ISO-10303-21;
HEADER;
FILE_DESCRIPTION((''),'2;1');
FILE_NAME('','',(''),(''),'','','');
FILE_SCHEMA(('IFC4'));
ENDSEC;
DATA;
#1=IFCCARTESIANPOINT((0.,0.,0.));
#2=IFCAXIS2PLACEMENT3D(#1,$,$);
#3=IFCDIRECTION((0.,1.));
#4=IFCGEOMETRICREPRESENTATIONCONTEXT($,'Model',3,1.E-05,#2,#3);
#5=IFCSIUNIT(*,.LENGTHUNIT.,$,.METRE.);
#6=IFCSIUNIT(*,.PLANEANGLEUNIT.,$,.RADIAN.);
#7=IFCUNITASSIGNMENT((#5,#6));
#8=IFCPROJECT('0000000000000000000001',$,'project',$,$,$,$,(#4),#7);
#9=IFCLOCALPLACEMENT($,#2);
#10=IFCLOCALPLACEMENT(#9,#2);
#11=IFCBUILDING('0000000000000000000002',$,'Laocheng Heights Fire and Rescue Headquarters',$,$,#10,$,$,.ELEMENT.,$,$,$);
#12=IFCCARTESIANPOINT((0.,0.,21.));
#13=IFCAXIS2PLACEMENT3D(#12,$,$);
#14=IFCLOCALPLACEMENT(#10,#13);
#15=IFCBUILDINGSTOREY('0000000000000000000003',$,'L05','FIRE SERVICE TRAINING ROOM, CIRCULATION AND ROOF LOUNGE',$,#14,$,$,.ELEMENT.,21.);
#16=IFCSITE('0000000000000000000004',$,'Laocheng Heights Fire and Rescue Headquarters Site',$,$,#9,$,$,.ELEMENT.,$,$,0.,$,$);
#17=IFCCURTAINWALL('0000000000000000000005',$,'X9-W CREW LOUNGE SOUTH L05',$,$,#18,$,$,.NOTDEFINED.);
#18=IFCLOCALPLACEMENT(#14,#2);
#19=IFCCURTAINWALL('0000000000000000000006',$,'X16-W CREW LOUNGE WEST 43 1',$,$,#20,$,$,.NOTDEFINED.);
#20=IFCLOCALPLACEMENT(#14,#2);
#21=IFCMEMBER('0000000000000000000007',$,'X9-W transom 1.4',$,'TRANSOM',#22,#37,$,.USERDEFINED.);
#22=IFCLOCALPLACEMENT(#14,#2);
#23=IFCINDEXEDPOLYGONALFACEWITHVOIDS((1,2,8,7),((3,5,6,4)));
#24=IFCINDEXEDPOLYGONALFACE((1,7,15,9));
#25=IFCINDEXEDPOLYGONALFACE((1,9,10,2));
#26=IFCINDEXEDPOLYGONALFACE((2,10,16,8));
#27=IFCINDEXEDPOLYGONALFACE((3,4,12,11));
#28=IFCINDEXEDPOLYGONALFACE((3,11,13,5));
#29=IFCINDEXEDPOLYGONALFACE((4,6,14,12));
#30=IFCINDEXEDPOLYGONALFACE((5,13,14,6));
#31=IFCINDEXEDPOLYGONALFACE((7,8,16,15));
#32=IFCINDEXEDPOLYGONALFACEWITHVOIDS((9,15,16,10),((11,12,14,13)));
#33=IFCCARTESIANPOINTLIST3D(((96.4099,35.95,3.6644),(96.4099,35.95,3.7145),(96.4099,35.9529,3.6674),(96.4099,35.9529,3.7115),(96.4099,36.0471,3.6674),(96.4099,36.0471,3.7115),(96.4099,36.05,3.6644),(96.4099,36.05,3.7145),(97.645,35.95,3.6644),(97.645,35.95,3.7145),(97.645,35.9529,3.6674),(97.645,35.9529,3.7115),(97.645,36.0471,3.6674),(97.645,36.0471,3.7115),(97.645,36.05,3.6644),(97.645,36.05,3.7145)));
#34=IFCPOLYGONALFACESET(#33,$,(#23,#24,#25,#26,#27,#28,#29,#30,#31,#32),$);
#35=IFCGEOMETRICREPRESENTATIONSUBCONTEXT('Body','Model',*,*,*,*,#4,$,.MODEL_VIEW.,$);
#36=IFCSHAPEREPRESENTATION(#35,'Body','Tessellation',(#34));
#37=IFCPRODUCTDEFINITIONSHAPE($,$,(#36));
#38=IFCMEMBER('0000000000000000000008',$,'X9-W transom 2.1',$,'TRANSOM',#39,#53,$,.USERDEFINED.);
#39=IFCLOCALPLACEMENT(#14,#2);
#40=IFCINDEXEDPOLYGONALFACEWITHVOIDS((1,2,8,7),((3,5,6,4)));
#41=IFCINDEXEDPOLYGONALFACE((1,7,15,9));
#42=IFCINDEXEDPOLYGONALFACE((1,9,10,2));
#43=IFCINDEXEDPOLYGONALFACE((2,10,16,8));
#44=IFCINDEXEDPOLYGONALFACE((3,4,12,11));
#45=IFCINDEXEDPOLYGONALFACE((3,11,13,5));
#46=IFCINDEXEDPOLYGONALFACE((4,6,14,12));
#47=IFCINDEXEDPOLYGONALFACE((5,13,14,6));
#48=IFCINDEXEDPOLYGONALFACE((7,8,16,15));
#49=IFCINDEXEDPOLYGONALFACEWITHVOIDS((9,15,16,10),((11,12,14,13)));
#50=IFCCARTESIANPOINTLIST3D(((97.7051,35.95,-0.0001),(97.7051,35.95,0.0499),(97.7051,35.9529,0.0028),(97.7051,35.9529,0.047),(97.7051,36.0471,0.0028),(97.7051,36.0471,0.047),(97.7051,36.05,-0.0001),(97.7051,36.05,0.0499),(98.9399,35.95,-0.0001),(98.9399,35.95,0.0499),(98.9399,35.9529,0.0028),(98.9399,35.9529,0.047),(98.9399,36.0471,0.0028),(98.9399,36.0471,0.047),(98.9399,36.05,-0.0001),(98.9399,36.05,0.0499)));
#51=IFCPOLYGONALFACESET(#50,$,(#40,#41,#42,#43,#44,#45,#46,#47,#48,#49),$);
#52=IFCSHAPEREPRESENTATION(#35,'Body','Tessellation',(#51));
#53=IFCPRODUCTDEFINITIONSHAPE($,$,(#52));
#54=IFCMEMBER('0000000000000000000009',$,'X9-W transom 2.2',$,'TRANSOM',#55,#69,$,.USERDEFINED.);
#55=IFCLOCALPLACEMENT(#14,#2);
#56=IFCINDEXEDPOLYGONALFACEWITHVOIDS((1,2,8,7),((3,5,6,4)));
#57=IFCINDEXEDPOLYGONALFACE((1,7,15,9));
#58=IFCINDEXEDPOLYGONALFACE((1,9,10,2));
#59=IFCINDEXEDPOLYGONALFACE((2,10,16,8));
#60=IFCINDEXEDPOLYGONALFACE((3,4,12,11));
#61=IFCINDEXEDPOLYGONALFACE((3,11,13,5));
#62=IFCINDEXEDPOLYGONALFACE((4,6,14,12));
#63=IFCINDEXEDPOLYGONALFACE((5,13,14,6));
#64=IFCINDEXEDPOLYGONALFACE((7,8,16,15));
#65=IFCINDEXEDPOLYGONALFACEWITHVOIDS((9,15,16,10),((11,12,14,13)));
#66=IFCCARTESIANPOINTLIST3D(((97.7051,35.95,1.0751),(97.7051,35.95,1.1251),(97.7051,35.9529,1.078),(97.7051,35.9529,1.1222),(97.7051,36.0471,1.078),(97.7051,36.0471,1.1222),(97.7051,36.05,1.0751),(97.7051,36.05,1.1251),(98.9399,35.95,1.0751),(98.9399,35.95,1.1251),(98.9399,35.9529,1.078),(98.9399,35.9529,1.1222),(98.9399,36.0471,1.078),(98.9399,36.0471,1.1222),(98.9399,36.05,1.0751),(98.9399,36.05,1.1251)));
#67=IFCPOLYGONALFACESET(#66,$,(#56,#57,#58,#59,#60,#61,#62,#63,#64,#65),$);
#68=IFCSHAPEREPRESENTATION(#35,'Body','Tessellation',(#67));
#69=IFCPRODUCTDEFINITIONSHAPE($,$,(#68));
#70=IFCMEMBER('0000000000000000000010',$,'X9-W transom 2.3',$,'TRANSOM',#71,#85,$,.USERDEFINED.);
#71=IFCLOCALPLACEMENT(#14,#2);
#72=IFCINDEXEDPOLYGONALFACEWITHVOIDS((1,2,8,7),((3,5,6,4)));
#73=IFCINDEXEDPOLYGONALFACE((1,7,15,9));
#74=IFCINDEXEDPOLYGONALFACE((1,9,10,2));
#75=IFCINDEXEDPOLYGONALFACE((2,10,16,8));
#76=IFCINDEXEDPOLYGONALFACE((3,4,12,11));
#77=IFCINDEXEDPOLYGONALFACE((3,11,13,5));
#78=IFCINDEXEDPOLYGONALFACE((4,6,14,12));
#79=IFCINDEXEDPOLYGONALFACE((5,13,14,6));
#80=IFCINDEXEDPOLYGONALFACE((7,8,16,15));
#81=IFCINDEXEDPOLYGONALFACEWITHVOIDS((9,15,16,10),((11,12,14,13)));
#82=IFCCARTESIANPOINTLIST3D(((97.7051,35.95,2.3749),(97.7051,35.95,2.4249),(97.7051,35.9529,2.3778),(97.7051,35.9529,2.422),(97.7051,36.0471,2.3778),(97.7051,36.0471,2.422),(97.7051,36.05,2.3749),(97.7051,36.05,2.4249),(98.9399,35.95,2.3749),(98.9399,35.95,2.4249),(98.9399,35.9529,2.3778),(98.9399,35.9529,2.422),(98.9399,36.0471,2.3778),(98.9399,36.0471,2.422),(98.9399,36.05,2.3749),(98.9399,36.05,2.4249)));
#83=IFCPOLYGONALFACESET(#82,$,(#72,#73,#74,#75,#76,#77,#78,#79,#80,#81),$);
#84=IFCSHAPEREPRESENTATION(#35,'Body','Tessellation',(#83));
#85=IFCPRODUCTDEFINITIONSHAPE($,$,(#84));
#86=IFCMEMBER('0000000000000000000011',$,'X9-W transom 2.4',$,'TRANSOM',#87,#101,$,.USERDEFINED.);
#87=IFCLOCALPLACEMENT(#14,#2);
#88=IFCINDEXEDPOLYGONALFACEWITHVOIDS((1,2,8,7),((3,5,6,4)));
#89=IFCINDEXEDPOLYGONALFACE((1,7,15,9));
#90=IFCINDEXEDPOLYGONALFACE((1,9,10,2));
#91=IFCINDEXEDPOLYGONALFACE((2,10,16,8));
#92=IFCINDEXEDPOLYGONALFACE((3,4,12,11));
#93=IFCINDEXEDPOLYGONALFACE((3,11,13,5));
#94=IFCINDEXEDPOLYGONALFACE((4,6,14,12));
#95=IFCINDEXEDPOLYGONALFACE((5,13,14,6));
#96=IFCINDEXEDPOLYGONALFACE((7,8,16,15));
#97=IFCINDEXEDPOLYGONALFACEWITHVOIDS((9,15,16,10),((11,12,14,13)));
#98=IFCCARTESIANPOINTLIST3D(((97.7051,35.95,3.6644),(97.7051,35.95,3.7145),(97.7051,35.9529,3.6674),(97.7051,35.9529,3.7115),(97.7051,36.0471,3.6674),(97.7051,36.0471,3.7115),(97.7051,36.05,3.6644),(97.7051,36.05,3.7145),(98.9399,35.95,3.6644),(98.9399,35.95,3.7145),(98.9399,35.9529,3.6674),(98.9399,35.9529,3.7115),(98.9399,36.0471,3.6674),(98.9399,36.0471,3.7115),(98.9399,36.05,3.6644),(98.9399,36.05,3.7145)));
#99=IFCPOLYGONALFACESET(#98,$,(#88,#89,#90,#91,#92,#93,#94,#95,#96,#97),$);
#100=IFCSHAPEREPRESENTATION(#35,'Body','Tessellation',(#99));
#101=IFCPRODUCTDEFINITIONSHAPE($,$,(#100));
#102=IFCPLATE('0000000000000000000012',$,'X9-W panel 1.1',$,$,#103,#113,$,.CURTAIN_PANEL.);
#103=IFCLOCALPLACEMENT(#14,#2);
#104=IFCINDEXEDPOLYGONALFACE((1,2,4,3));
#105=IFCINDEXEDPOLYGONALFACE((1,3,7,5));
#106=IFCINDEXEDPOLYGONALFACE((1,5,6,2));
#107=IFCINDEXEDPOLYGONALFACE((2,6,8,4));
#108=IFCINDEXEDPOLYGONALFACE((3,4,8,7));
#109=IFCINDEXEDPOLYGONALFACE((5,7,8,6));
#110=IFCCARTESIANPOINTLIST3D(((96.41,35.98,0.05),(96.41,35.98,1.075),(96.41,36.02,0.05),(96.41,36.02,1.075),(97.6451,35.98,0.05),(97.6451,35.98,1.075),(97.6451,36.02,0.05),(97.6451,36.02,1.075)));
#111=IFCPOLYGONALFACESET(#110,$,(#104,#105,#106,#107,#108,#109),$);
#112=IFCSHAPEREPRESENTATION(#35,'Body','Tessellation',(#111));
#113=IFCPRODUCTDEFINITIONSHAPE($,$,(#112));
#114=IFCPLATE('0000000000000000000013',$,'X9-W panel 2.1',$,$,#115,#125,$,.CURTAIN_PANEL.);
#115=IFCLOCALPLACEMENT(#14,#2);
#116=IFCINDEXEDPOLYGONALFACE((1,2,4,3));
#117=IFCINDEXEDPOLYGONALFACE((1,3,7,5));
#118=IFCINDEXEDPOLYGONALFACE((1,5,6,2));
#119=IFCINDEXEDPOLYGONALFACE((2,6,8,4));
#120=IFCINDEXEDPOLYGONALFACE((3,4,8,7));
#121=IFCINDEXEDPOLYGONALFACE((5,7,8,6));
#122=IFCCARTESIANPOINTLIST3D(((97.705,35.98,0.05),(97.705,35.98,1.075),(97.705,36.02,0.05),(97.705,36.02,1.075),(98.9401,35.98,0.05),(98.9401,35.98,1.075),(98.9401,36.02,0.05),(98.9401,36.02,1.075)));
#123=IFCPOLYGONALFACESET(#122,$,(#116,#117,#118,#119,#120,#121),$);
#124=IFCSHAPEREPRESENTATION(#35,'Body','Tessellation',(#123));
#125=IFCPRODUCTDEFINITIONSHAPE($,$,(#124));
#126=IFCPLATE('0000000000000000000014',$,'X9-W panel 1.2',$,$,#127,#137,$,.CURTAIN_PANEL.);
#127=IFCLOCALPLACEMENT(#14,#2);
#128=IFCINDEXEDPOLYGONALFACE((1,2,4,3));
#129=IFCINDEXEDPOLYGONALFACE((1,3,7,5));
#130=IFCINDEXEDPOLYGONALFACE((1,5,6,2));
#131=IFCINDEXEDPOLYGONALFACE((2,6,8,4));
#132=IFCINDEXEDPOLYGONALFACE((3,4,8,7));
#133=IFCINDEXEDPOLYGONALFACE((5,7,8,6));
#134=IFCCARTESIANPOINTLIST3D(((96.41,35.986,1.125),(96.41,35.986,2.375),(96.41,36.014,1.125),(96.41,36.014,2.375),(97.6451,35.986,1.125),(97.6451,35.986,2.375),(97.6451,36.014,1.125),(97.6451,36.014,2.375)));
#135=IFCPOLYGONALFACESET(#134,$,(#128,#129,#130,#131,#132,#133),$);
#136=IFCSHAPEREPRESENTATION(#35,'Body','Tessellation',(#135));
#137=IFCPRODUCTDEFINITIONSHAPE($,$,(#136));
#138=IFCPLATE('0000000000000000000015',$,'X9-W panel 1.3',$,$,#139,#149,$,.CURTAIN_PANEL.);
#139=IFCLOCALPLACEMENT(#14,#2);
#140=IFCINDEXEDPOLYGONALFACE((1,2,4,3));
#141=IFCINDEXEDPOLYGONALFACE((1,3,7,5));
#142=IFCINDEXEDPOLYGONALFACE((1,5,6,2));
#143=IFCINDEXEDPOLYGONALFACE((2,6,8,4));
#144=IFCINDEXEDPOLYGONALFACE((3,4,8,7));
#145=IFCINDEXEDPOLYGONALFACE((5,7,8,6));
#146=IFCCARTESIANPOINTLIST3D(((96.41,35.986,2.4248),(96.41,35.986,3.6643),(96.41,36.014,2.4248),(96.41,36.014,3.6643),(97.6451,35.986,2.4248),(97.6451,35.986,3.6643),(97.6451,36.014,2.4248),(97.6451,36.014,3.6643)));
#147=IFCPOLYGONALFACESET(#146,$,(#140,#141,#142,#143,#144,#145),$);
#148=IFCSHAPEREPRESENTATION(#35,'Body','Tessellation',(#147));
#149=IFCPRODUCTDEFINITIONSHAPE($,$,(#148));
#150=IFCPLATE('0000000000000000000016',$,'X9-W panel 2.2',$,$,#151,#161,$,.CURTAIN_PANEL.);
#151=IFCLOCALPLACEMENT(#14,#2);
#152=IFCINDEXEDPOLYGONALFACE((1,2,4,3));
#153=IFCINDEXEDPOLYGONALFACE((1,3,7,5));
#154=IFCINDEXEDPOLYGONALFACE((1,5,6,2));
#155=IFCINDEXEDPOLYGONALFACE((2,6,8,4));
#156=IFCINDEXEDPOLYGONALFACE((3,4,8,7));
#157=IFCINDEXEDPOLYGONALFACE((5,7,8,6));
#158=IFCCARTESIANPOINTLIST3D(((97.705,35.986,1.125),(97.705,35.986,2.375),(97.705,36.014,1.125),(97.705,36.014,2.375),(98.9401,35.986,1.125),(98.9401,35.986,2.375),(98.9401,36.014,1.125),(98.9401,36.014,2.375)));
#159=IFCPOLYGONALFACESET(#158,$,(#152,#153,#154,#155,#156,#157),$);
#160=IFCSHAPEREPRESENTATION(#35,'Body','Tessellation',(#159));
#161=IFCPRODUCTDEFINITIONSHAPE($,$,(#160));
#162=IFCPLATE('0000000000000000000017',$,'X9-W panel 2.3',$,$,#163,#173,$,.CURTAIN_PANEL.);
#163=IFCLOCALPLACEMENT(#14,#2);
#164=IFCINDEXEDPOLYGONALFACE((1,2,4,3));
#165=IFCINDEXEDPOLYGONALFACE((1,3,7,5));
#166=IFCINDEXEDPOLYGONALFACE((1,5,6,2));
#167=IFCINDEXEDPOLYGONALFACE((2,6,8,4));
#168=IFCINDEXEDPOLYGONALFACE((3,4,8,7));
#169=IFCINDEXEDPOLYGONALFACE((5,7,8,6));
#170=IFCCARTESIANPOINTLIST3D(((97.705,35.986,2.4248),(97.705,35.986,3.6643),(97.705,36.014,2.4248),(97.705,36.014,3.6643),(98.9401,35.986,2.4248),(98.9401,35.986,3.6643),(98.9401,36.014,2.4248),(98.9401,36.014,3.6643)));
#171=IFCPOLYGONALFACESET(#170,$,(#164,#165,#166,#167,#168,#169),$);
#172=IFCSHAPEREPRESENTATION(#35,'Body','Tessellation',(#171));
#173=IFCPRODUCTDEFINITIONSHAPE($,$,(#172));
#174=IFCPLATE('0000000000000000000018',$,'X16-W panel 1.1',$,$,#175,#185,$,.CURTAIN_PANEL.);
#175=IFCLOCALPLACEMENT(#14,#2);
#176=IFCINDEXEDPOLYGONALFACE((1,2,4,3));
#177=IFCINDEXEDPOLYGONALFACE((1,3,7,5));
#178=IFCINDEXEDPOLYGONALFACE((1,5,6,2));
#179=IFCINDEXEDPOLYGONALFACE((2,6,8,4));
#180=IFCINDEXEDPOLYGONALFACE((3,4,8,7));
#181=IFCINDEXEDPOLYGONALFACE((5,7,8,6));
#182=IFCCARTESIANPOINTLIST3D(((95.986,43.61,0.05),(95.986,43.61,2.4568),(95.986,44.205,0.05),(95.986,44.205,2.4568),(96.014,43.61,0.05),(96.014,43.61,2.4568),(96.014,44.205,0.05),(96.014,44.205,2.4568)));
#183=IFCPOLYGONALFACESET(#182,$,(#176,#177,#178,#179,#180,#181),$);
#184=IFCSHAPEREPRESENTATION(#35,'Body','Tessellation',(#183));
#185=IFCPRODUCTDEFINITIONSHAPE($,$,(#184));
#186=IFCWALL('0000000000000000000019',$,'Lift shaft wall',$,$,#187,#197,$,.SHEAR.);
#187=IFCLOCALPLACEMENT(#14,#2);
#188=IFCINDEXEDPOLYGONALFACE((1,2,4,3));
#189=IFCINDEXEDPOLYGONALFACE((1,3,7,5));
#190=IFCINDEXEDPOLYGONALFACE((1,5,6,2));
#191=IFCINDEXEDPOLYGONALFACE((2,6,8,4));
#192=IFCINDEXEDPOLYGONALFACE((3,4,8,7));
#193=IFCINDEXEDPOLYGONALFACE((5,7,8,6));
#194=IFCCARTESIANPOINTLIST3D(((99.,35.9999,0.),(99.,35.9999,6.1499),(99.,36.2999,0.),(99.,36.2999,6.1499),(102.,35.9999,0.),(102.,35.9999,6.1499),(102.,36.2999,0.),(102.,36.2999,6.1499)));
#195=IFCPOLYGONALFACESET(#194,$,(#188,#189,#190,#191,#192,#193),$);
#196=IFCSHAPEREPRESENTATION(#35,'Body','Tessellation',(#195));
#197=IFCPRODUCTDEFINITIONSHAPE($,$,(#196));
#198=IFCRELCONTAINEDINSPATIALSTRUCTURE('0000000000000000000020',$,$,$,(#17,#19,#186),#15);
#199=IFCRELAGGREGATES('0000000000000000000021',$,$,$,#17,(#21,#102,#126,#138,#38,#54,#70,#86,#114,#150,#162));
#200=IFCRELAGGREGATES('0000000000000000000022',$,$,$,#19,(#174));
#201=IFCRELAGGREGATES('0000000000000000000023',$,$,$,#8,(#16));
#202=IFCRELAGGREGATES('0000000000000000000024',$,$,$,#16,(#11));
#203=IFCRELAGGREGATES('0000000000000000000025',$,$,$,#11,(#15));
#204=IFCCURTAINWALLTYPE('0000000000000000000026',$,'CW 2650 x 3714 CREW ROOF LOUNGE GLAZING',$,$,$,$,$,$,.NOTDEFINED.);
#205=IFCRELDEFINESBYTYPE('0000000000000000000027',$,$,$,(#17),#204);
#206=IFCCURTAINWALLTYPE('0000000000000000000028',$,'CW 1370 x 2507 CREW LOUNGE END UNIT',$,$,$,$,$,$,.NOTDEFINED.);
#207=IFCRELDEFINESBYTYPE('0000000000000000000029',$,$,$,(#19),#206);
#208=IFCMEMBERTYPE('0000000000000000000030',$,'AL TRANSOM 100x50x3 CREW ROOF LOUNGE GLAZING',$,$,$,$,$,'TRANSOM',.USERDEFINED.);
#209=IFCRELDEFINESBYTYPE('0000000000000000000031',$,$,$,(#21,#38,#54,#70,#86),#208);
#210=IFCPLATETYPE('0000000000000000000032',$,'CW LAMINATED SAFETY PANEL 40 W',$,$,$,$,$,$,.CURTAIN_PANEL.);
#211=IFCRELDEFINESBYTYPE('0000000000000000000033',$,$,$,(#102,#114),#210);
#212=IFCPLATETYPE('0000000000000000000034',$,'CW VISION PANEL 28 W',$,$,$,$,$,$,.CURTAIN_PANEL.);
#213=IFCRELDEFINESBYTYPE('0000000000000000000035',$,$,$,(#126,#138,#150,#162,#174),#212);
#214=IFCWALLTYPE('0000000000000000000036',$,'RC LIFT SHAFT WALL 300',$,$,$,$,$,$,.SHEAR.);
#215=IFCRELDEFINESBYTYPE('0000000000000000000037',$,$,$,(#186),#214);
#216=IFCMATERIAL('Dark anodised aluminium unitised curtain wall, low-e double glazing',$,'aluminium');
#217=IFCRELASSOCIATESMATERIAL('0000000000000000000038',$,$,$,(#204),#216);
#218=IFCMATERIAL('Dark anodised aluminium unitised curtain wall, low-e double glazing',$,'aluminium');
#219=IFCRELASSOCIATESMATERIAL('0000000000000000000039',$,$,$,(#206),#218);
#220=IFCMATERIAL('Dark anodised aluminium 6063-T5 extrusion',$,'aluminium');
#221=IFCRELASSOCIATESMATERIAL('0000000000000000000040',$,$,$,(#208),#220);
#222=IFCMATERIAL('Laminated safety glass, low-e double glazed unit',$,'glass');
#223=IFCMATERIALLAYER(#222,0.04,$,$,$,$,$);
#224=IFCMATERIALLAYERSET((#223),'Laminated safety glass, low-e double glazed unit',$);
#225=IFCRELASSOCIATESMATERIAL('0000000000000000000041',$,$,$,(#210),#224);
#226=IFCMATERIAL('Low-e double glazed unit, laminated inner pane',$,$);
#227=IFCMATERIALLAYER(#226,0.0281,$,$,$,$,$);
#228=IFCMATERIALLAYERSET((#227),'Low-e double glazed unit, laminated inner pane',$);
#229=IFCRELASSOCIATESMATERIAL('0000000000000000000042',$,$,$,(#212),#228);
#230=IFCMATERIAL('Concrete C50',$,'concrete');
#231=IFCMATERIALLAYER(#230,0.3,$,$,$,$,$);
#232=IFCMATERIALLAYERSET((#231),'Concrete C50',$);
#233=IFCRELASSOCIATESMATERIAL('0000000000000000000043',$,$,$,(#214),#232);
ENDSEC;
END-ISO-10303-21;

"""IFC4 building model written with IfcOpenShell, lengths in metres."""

from ifc_helpers import new_model, si_unit, direction, frame, frame_2d, origin, origin_2d, place, context, subcontext, project, spatial, rectangle, hollow_rectangle, extrude, material, layer, layer_set, material_profile, profile_set, type_object, element, aggregate, save


model = new_model("IFC4")

# Units and contexts
model_context = context("Model", 3, precision=1e-05, world=origin(), true_north=direction((0.0, 1.0)))
body_context = subcontext(model_context, "Body", "Model", "MODEL_VIEW")
ifc_project = project(units=[si_unit("LENGTHUNIT", "METRE"), si_unit("PLANEANGLEUNIT", "RADIAN")], contexts=[model_context])

# Site, building, storey
site_placement = place(None, origin())
site = spatial("IfcSite", under=ifc_project, at=site_placement, Name="Laocheng Heights Fire and Rescue Headquarters Site", CompositionType="ELEMENT", RefElevation=0.0)
building_placement = place(site_placement, origin())
building = spatial("IfcBuilding", under=site, at=building_placement, Name="Laocheng Heights Fire and Rescue Headquarters", CompositionType="ELEMENT")
storey_placement = place(building_placement, frame((0.0, 0.0, 21.0)))
storey = spatial("IfcBuildingStorey", under=building, at=storey_placement, Name="L05", Description="FIRE SERVICE TRAINING ROOM, CIRCULATION AND ROOF LOUNGE", CompositionType="ELEMENT", Elevation=21.0)

# Curtain walls
ifc_material_1 = material(Name="Dark anodised aluminium unitised curtain wall, low-e double glazing", Category="aluminium")
curtain_wall_type_1 = type_object("IfcCurtainWallType", Name="CW 2650 x 3714 CREW ROOF LOUNGE GLAZING", PredefinedType="NOTDEFINED", material=ifc_material_1)
curtain_wall_1_placement = place(storey_placement, origin())
curtain_wall_1 = element("IfcCurtainWall", 1, at=curtain_wall_1_placement, inside=storey, type_object=curtain_wall_type_1, Name="X9-W CREW LOUNGE SOUTH L05", PredefinedType="NOTDEFINED")
ifc_material_2 = material(Name="Dark anodised aluminium unitised curtain wall, low-e double glazing", Category="aluminium")
curtain_wall_type_2 = type_object("IfcCurtainWallType", Name="CW 1370 x 2507 CREW LOUNGE END UNIT", PredefinedType="NOTDEFINED", material=ifc_material_2)
curtain_wall_2_placement = place(storey_placement, origin())
curtain_wall_2 = element("IfcCurtainWall", 2, at=curtain_wall_2_placement, inside=storey, type_object=curtain_wall_type_2, Name="X16-W CREW LOUNGE WEST 43 1", PredefinedType="NOTDEFINED")

# Members
ifc_material_3 = material(Name="Dark anodised aluminium 6063-T5 extrusion", Category="aluminium")
ifc_material_profile_1 = material_profile(ifc_material_3, hollow_rectangle(XDim=0.1001, YDim=0.05, WallThickness=0.0029, at=origin_2d()), Name="AL TRANSOM 100x50x3 CREW ROOF LOUNGE GLAZING")
ifc_profile_set_1 = profile_set([ifc_material_profile_1], Name="Dark anodised aluminium 6063-T5 extrusion")
member_type_1 = type_object("IfcMemberType", Name="AL TRANSOM 100x50x3 CREW ROOF LOUNGE GLAZING", ElementType="TRANSOM", PredefinedType="USERDEFINED", material=ifc_profile_set_1)
member_1_placement = place(storey_placement, frame((96.4099, 36.0, 3.6895), z_axis=(1.0, 0.0, 0.0), x_axis=(0.0, 1.0, 0.0)))
member_1 = element("IfcMember", 3, at=member_1_placement, type_object=member_type_1, Name="X9-W transom 1.4", ObjectType="TRANSOM", PredefinedType="USERDEFINED", context=body_context, shape_type="SweptSolid", body=[
    extrude(hollow_rectangle(XDim=0.1001, YDim=0.05, WallThickness=0.0029, at=origin_2d()), origin(), (0.0, 0.0, 1.0), 1.2351),
])
member_2_placement = place(storey_placement, frame((97.7051, 36.0, 0.0249), z_axis=(1.0, 0.0, 0.0), x_axis=(0.0, 1.0, 0.0)))
member_2 = element("IfcMember", 4, at=member_2_placement, type_object=member_type_1, Name="X9-W transom 2.1", ObjectType="TRANSOM", PredefinedType="USERDEFINED", context=body_context, shape_type="SweptSolid", body=[
    extrude(hollow_rectangle(XDim=0.1001, YDim=0.05, WallThickness=0.0029, at=origin_2d()), origin(), (0.0, 0.0, 1.0), 1.2349),
])
member_3_placement = place(storey_placement, frame((97.7051, 36.0, 1.1001), z_axis=(1.0, 0.0, 0.0), x_axis=(0.0, 1.0, 0.0)))
member_3 = element("IfcMember", 5, at=member_3_placement, type_object=member_type_1, Name="X9-W transom 2.2", ObjectType="TRANSOM", PredefinedType="USERDEFINED", context=body_context, shape_type="SweptSolid", body=[
    extrude(hollow_rectangle(XDim=0.1001, YDim=0.05, WallThickness=0.0029, at=origin_2d()), origin(), (0.0, 0.0, 1.0), 1.2349),
])
member_4_placement = place(storey_placement, frame((97.7051, 36.0, 2.3999), z_axis=(1.0, 0.0, 0.0), x_axis=(0.0, 1.0, 0.0)))
member_4 = element("IfcMember", 6, at=member_4_placement, type_object=member_type_1, Name="X9-W transom 2.3", ObjectType="TRANSOM", PredefinedType="USERDEFINED", context=body_context, shape_type="SweptSolid", body=[
    extrude(hollow_rectangle(XDim=0.1001, YDim=0.05, WallThickness=0.0029, at=origin_2d()), origin(), (0.0, 0.0, 1.0), 1.2349),
])
member_5_placement = place(storey_placement, frame((97.7051, 36.0, 3.6895), z_axis=(1.0, 0.0, 0.0), x_axis=(0.0, 1.0, 0.0)))
member_5 = element("IfcMember", 7, at=member_5_placement, type_object=member_type_1, Name="X9-W transom 2.4", ObjectType="TRANSOM", PredefinedType="USERDEFINED", context=body_context, shape_type="SweptSolid", body=[
    extrude(hollow_rectangle(XDim=0.1001, YDim=0.05, WallThickness=0.0029, at=origin_2d()), origin(), (0.0, 0.0, 1.0), 1.2349),
])

# Plates
ifc_material_4 = material(Name="Laminated safety glass, low-e double glazed unit", Category="glass")
ifc_layer_1 = layer(ifc_material_4, 0.04)
ifc_layer_set_1 = layer_set([ifc_layer_1], Name="Laminated safety glass, low-e double glazed unit")
plate_type_1 = type_object("IfcPlateType", Name="CW LAMINATED SAFETY PANEL 40 W", PredefinedType="CURTAIN_PANEL", material=ifc_layer_set_1)
plate_1_placement = place(storey_placement, frame((97.0276, 36.0, 0.05), z_axis=(0.0, 0.0, 1.0), x_axis=(1.0, 0.0, 0.0)))
plate_1 = element("IfcPlate", 8, at=plate_1_placement, type_object=plate_type_1, Name="X9-W panel 1.1", PredefinedType="CURTAIN_PANEL", context=body_context, shape_type="SweptSolid", body=[
    extrude(rectangle(XDim=1.2351, YDim=0.04, at=origin_2d()), origin(), (0.0, 0.0, 1.0), 1.0249),
])
plate_2_placement = place(storey_placement, frame((98.3225, 36.0, 0.05), z_axis=(0.0, 0.0, 1.0), x_axis=(1.0, 0.0, 0.0)))
plate_2 = element("IfcPlate", 9, at=plate_2_placement, type_object=plate_type_1, Name="X9-W panel 2.1", PredefinedType="CURTAIN_PANEL", context=body_context, shape_type="SweptSolid", body=[
    extrude(rectangle(XDim=1.2351, YDim=0.04, at=origin_2d()), origin(), (0.0, 0.0, 1.0), 1.0249),
])
ifc_material_5 = material(Name="Low-e double glazed unit, laminated inner pane")
ifc_layer_2 = layer(ifc_material_5, 0.0281)
ifc_layer_set_2 = layer_set([ifc_layer_2], Name="Low-e double glazed unit, laminated inner pane")
plate_type_2 = type_object("IfcPlateType", Name="CW VISION PANEL 28 W", PredefinedType="CURTAIN_PANEL", material=ifc_layer_set_2)
plate_3_placement = place(storey_placement, frame((97.0276, 36.0, 1.125), z_axis=(0.0, 0.0, 1.0), x_axis=(1.0, 0.0, 0.0)))
plate_3 = element("IfcPlate", 10, at=plate_3_placement, type_object=plate_type_2, Name="X9-W panel 1.2", PredefinedType="CURTAIN_PANEL", context=body_context, shape_type="SweptSolid", body=[
    extrude(rectangle(XDim=1.2351, YDim=0.0281, at=origin_2d()), origin(), (0.0, 0.0, 1.0), 1.25),
])
plate_4_placement = place(storey_placement, frame((97.0276, 36.0, 2.4248), z_axis=(0.0, 0.0, 1.0), x_axis=(1.0, 0.0, 0.0)))
plate_4 = element("IfcPlate", 11, at=plate_4_placement, type_object=plate_type_2, Name="X9-W panel 1.3", PredefinedType="CURTAIN_PANEL", context=body_context, shape_type="SweptSolid", body=[
    extrude(rectangle(XDim=1.2351, YDim=0.0281, at=origin_2d()), origin(), (0.0, 0.0, 1.0), 1.2395),
])
plate_5_placement = place(storey_placement, frame((98.3225, 36.0, 1.125), z_axis=(0.0, 0.0, 1.0), x_axis=(1.0, 0.0, 0.0)))
plate_5 = element("IfcPlate", 12, at=plate_5_placement, type_object=plate_type_2, Name="X9-W panel 2.2", PredefinedType="CURTAIN_PANEL", context=body_context, shape_type="SweptSolid", body=[
    extrude(rectangle(XDim=1.2351, YDim=0.0281, at=origin_2d()), origin(), (0.0, 0.0, 1.0), 1.25),
])
plate_6_placement = place(storey_placement, frame((98.3225, 36.0, 2.4248), z_axis=(0.0, 0.0, 1.0), x_axis=(1.0, 0.0, 0.0)))
plate_6 = element("IfcPlate", 13, at=plate_6_placement, type_object=plate_type_2, Name="X9-W panel 2.3", PredefinedType="CURTAIN_PANEL", context=body_context, shape_type="SweptSolid", body=[
    extrude(rectangle(XDim=1.2351, YDim=0.0281, at=origin_2d()), origin(), (0.0, 0.0, 1.0), 1.2395),
])
aggregate(curtain_wall_1, [member_1, plate_1, plate_3, plate_4, member_2, member_3, member_4, member_5, plate_2, plate_5, plate_6])
plate_7_placement = place(storey_placement, frame((96.0, 43.9075, 0.05), z_axis=(0.0, 0.0, 1.0), x_axis=(0.0, 1.0, 0.0)))
plate_7 = element("IfcPlate", 14, at=plate_7_placement, type_object=plate_type_2, Name="X16-W panel 1.1", PredefinedType="CURTAIN_PANEL", context=body_context, shape_type="SweptSolid", body=[
    extrude(rectangle(XDim=0.595, YDim=0.0281, at=origin_2d()), origin(), (0.0, 0.0, 1.0), 2.4067),
])
aggregate(curtain_wall_2, [plate_7])

# Wall
ifc_material_6 = material(Name="Concrete C50", Category="concrete")
ifc_layer_3 = layer(ifc_material_6, 0.3)
ifc_layer_set_3 = layer_set([ifc_layer_3], Name="Concrete C50")
wall_type_1 = type_object("IfcWallType", Name="RC LIFT SHAFT WALL 300", PredefinedType="SHEAR", material=ifc_layer_set_3)
wall_1_placement = place(storey_placement, frame((99.0, 36.1499, 0.0), z_axis=(0.0, 0.0, 1.0), x_axis=(1.0, 0.0, 0.0)))
element("IfcWall", 15, at=wall_1_placement, inside=storey, type_object=wall_type_1, Name="Lift shaft wall", PredefinedType="SHEAR", context=body_context, shape_type="SweptSolid", body=[
    extrude(rectangle(XDim=3.0, YDim=0.3, at=frame_2d((1.5, 0.0))), origin(), (0.0, 0.0, 1.0), 6.1499),
])

save(model, "model.ifc")
